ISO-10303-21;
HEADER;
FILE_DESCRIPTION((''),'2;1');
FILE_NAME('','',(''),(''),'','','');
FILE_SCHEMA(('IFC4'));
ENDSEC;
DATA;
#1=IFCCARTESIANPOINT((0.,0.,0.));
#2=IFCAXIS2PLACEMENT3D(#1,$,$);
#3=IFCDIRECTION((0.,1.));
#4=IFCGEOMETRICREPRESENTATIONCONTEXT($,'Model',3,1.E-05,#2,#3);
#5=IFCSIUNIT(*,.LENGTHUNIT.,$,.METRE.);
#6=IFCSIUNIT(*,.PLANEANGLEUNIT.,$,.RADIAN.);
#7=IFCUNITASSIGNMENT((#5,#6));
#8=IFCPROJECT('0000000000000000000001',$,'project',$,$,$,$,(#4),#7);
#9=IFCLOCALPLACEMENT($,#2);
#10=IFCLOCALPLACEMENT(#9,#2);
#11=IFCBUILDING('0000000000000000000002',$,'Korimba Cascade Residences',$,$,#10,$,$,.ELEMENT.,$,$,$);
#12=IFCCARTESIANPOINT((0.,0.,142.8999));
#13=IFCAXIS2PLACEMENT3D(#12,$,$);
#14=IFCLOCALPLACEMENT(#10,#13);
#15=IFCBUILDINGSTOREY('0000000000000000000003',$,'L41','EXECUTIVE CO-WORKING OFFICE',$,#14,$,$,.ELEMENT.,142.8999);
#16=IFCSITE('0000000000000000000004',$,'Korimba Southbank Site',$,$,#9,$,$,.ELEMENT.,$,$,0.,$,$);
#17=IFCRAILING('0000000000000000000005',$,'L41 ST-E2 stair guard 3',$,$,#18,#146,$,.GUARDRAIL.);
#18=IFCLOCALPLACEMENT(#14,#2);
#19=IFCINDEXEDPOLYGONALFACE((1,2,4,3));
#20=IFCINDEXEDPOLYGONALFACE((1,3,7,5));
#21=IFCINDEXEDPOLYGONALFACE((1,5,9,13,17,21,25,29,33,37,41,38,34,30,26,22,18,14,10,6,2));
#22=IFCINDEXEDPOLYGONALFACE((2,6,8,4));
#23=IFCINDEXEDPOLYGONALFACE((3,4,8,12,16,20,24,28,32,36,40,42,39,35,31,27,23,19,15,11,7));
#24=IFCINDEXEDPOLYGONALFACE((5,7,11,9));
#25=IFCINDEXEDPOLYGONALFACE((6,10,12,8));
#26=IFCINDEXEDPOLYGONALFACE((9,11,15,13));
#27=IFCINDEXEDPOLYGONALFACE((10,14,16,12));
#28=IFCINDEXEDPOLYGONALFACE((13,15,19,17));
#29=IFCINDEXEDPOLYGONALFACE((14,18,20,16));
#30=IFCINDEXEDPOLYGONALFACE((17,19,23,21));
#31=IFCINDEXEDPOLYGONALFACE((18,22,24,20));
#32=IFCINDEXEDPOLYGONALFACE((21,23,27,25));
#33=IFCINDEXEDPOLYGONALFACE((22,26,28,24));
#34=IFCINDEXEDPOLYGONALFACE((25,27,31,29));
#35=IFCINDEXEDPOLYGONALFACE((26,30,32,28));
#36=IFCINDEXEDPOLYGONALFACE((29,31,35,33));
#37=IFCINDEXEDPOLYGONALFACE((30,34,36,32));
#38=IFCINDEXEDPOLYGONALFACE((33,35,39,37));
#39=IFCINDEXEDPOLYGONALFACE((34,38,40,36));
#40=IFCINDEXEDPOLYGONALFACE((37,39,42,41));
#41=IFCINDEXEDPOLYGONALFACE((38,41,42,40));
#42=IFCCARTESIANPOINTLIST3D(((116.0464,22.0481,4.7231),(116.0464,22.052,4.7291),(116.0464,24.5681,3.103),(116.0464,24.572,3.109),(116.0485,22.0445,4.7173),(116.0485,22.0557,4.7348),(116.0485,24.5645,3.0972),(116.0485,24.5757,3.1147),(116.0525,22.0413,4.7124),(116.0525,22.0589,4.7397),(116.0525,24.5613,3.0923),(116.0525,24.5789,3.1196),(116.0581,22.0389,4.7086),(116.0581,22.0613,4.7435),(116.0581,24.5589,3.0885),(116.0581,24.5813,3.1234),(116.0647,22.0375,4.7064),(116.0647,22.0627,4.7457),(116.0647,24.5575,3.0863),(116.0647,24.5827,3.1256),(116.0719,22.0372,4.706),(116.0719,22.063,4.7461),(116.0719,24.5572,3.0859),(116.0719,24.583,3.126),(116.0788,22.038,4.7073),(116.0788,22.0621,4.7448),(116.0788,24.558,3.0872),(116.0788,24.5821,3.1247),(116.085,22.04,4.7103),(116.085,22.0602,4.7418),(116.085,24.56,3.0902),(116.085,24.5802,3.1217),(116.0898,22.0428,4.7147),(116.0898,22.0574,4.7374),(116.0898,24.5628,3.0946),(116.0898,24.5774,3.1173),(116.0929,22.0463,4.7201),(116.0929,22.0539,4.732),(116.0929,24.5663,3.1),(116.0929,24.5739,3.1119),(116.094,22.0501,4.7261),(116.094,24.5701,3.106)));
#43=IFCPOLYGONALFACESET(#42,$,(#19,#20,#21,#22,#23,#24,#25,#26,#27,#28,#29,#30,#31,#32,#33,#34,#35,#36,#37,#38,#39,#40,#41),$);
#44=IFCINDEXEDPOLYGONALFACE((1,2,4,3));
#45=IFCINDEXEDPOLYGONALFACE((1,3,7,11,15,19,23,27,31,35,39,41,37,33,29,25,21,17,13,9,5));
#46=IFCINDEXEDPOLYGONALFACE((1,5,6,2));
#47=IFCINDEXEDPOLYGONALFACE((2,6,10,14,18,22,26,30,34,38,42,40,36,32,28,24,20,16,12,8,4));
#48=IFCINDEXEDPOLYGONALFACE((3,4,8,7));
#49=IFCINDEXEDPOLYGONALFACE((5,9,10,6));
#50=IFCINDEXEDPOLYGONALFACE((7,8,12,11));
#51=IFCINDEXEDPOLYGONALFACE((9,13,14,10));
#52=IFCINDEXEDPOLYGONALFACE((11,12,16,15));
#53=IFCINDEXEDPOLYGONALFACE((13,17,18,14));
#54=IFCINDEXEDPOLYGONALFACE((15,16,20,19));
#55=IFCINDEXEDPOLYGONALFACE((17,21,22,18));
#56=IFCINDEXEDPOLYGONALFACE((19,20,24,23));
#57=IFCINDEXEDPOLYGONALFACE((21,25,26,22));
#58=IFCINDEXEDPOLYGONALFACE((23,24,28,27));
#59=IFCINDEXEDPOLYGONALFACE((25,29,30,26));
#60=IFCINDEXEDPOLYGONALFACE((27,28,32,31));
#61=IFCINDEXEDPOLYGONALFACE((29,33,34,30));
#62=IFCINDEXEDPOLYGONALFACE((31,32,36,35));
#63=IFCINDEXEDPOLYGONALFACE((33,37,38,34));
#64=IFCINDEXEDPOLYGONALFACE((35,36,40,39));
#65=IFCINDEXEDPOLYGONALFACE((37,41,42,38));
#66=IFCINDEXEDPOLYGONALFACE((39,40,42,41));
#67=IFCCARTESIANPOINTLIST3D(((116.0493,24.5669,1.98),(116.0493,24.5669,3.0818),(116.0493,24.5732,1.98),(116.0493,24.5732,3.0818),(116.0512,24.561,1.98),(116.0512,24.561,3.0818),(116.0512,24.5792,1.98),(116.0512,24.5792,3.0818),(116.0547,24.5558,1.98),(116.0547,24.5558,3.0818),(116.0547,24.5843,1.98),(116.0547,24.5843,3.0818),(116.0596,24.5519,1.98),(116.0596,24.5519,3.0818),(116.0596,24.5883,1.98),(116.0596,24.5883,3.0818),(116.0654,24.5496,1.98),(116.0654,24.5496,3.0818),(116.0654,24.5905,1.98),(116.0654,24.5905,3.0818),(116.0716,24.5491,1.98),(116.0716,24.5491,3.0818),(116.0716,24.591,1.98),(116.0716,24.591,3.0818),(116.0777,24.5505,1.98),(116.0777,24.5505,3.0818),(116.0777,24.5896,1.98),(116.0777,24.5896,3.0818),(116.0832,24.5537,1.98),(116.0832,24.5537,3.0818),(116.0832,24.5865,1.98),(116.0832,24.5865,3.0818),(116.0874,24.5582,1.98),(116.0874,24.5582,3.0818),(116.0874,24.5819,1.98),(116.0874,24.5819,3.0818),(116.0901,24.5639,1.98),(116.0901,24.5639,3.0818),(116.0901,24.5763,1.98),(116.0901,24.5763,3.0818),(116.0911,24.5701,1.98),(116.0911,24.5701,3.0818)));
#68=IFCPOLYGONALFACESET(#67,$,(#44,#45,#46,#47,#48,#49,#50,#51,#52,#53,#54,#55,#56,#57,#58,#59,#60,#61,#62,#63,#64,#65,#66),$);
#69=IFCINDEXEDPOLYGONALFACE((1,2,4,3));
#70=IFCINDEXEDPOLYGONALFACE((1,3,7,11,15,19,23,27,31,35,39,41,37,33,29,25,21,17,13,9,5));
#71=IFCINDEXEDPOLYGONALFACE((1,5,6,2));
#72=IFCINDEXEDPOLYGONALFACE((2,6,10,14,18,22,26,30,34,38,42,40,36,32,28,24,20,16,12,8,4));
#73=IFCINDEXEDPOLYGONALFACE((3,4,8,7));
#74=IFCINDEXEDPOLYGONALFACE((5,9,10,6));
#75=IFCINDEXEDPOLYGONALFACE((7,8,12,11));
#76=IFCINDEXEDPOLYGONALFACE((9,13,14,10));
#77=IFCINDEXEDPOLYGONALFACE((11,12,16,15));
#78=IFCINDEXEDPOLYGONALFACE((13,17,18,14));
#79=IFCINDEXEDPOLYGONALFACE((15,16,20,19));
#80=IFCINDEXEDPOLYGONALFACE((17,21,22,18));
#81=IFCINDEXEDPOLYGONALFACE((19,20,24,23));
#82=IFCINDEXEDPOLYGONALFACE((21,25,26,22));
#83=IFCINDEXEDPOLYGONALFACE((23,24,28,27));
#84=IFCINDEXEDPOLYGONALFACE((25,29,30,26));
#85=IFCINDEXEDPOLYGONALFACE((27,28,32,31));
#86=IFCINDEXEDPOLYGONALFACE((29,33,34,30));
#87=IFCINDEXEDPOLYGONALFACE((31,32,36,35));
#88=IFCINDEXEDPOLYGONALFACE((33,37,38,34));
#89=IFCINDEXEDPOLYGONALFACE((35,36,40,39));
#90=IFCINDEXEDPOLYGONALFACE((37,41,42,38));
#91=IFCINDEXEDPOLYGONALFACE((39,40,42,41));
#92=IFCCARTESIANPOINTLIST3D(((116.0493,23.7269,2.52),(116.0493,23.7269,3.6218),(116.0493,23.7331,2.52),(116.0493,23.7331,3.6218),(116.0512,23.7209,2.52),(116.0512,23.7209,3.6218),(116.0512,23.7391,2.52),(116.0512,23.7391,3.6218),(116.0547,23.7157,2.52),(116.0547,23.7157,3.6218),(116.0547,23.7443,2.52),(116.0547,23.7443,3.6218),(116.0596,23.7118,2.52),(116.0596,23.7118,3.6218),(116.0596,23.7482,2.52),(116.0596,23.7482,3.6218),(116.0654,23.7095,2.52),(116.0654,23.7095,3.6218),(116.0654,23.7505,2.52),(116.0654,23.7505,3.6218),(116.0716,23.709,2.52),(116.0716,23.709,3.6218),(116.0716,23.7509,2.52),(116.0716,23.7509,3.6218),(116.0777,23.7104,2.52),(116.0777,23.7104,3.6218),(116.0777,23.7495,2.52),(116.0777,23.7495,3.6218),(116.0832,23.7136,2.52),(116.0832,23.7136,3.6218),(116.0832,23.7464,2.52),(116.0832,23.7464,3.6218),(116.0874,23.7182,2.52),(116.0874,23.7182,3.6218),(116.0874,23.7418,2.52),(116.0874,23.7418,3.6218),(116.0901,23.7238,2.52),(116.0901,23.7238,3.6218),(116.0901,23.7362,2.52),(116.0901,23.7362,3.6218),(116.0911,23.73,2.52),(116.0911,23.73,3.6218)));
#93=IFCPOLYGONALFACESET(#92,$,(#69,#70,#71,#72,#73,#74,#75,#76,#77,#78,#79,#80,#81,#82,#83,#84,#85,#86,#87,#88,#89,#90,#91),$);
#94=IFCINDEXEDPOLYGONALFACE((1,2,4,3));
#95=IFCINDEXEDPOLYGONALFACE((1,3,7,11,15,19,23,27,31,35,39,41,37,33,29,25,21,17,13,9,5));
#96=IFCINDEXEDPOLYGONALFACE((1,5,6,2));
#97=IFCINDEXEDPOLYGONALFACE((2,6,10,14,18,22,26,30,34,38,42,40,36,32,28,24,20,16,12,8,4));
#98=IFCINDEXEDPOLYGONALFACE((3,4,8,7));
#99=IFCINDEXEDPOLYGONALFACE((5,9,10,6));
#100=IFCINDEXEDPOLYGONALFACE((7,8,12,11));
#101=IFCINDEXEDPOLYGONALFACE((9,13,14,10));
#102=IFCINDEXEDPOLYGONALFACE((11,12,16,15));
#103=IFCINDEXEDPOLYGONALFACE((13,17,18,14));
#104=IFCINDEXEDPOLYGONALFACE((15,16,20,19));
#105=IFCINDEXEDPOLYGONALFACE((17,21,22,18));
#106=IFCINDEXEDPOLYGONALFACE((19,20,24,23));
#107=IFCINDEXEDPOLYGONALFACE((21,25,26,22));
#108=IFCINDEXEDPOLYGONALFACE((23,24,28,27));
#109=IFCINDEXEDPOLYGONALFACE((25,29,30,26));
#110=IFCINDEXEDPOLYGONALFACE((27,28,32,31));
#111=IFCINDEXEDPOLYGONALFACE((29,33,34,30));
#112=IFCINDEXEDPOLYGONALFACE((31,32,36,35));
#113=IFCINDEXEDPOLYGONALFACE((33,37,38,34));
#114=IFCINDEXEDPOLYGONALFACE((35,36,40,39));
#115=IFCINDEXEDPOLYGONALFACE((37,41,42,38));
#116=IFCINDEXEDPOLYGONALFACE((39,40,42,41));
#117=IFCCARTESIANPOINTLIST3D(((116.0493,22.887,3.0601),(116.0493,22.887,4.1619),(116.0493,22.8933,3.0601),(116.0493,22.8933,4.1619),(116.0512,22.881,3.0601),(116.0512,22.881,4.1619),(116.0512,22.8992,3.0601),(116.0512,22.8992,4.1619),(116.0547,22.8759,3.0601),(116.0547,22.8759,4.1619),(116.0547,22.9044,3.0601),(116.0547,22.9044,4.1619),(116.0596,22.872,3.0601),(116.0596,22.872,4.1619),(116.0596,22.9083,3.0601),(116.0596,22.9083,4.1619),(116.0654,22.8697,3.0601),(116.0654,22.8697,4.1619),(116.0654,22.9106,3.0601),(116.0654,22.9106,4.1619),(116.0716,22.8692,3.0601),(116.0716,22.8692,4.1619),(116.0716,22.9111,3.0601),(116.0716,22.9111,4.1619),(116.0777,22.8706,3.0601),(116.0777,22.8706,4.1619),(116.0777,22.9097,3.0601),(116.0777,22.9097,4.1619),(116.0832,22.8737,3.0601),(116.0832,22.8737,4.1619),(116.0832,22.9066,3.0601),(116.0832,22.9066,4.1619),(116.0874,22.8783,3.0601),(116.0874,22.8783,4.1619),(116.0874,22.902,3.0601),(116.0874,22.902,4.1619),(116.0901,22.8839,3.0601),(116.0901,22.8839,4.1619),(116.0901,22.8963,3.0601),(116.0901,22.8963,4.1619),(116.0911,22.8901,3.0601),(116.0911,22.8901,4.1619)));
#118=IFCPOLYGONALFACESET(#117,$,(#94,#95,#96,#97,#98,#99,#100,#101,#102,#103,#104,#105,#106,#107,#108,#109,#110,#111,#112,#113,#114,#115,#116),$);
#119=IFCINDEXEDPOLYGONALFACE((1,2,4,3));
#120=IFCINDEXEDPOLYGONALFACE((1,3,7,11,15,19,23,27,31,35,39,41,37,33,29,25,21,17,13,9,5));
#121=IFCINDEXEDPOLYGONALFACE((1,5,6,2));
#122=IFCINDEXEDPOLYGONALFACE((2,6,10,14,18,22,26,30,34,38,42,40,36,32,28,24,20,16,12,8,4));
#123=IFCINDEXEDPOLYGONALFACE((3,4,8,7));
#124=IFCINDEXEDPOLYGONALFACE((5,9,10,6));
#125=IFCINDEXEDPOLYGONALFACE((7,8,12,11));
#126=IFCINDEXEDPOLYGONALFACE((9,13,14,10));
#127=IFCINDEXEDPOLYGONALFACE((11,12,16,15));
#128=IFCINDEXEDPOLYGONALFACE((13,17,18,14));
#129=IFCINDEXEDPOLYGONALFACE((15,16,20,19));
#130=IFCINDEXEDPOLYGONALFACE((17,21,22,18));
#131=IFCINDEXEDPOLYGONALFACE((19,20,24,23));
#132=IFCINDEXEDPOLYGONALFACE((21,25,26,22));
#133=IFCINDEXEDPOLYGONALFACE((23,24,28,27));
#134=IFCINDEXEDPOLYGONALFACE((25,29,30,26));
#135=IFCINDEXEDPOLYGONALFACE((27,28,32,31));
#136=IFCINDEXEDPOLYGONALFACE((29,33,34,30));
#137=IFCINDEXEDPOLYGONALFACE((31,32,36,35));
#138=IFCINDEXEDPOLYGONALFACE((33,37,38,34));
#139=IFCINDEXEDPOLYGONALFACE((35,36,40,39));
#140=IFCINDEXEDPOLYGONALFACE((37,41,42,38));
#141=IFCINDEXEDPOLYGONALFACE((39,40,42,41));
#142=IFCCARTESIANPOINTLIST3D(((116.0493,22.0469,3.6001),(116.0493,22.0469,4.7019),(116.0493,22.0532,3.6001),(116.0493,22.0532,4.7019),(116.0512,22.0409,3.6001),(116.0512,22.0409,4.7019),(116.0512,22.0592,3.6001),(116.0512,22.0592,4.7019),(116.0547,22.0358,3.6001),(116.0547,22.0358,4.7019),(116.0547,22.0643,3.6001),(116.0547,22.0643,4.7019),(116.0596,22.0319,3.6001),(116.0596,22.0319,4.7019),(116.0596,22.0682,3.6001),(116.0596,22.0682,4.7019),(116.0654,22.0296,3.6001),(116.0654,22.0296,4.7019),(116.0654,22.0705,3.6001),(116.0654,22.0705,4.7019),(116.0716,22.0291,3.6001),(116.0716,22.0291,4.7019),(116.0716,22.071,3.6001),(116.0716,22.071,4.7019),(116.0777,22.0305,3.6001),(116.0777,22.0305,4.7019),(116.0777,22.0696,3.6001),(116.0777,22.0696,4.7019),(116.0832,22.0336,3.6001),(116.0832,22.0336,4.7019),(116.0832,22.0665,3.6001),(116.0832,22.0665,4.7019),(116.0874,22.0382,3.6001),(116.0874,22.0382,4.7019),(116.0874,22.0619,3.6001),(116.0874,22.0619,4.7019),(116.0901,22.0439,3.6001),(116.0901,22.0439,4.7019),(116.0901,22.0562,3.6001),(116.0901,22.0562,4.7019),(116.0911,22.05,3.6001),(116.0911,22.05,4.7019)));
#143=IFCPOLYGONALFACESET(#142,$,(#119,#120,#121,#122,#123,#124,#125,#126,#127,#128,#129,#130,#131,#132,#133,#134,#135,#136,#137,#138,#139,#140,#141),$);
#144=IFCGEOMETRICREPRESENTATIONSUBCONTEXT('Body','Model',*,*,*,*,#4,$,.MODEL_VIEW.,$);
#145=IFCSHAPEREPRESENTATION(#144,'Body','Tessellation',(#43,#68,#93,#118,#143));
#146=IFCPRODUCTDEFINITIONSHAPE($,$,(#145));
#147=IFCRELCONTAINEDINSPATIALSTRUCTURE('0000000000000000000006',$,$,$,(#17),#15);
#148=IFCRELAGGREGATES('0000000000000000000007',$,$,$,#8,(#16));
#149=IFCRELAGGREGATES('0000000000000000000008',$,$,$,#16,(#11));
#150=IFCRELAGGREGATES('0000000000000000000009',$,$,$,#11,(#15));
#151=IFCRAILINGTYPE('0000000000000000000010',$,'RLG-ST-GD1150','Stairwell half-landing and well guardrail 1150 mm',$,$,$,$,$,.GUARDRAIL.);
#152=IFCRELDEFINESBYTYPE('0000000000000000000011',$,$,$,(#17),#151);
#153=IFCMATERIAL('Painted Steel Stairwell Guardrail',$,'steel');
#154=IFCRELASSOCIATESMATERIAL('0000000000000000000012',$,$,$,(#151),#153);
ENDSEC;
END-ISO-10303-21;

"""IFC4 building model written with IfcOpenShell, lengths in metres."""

from ifc_helpers import new_model, si_unit, direction, frame, origin, origin_2d, place, context, subcontext, project, spatial, circle, extrude, material, type_object, element, save


model = new_model("IFC4")

# Units and contexts
model_context = context("Model", 3, precision=1e-05, world=origin(), true_north=direction((0.0, 1.0)))
body_context = subcontext(model_context, "Body", "Model", "MODEL_VIEW")
ifc_project = project(units=[si_unit("LENGTHUNIT", "METRE"), si_unit("PLANEANGLEUNIT", "RADIAN")], contexts=[model_context])

# Site, building, storey
site_placement = place(None, origin())
site = spatial("IfcSite", under=ifc_project, at=site_placement, Name="Korimba Southbank Site", CompositionType="ELEMENT", RefElevation=0.0)
building_placement = place(site_placement, origin())
building = spatial("IfcBuilding", under=site, at=building_placement, Name="Korimba Cascade Residences", CompositionType="ELEMENT")
storey_placement = place(building_placement, frame((0.0, 0.0, 142.8999)))
storey = spatial("IfcBuildingStorey", under=building, at=storey_placement, Name="L41", Description="EXECUTIVE CO-WORKING OFFICE", CompositionType="ELEMENT", Elevation=142.8999)

# Railing
ifc_material_1 = material(Name="Painted Steel Stairwell Guardrail", Category="steel")
railing_type_1 = type_object("IfcRailingType", Name="RLG-ST-GD1150", Description="Stairwell half-landing and well guardrail 1150 mm", PredefinedType="GUARDRAIL", material=ifc_material_1)
railing_1_placement = place(storey_placement, frame((116.0701, 24.5701, 1.98)))
element("IfcRailing", 1, at=railing_1_placement, inside=storey, type_object=railing_type_1, Name="L41 ST-E2 stair guard 3", PredefinedType="GUARDRAIL", context=body_context, shape_type="SweptSolid", body=[
    extrude(circle(Radius=0.0239, at=origin_2d()), frame((0.0, 0.0, 1.126), z_axis=(0.0, -0.841163, 0.540782), x_axis=(1.0, 0.0, 0.0)), (0.0, 0.0, 1.0), 2.9958),
    extrude(circle(Radius=0.021, at=origin_2d()), origin(), (0.0, 0.0, 1.0), 1.1018),
    extrude(circle(Radius=0.021, at=origin_2d()), frame((0.0, -0.8401, 0.54)), (0.0, 0.0, 1.0), 1.1018),
    extrude(circle(Radius=0.021, at=origin_2d()), frame((0.0, -1.6799, 1.0801)), (0.0, 0.0, 1.0), 1.1018),
    extrude(circle(Radius=0.021, at=origin_2d()), frame((0.0, -2.52, 1.6201)), (0.0, 0.0, 1.0), 1.1018),
])

save(model, "model.ifc")
